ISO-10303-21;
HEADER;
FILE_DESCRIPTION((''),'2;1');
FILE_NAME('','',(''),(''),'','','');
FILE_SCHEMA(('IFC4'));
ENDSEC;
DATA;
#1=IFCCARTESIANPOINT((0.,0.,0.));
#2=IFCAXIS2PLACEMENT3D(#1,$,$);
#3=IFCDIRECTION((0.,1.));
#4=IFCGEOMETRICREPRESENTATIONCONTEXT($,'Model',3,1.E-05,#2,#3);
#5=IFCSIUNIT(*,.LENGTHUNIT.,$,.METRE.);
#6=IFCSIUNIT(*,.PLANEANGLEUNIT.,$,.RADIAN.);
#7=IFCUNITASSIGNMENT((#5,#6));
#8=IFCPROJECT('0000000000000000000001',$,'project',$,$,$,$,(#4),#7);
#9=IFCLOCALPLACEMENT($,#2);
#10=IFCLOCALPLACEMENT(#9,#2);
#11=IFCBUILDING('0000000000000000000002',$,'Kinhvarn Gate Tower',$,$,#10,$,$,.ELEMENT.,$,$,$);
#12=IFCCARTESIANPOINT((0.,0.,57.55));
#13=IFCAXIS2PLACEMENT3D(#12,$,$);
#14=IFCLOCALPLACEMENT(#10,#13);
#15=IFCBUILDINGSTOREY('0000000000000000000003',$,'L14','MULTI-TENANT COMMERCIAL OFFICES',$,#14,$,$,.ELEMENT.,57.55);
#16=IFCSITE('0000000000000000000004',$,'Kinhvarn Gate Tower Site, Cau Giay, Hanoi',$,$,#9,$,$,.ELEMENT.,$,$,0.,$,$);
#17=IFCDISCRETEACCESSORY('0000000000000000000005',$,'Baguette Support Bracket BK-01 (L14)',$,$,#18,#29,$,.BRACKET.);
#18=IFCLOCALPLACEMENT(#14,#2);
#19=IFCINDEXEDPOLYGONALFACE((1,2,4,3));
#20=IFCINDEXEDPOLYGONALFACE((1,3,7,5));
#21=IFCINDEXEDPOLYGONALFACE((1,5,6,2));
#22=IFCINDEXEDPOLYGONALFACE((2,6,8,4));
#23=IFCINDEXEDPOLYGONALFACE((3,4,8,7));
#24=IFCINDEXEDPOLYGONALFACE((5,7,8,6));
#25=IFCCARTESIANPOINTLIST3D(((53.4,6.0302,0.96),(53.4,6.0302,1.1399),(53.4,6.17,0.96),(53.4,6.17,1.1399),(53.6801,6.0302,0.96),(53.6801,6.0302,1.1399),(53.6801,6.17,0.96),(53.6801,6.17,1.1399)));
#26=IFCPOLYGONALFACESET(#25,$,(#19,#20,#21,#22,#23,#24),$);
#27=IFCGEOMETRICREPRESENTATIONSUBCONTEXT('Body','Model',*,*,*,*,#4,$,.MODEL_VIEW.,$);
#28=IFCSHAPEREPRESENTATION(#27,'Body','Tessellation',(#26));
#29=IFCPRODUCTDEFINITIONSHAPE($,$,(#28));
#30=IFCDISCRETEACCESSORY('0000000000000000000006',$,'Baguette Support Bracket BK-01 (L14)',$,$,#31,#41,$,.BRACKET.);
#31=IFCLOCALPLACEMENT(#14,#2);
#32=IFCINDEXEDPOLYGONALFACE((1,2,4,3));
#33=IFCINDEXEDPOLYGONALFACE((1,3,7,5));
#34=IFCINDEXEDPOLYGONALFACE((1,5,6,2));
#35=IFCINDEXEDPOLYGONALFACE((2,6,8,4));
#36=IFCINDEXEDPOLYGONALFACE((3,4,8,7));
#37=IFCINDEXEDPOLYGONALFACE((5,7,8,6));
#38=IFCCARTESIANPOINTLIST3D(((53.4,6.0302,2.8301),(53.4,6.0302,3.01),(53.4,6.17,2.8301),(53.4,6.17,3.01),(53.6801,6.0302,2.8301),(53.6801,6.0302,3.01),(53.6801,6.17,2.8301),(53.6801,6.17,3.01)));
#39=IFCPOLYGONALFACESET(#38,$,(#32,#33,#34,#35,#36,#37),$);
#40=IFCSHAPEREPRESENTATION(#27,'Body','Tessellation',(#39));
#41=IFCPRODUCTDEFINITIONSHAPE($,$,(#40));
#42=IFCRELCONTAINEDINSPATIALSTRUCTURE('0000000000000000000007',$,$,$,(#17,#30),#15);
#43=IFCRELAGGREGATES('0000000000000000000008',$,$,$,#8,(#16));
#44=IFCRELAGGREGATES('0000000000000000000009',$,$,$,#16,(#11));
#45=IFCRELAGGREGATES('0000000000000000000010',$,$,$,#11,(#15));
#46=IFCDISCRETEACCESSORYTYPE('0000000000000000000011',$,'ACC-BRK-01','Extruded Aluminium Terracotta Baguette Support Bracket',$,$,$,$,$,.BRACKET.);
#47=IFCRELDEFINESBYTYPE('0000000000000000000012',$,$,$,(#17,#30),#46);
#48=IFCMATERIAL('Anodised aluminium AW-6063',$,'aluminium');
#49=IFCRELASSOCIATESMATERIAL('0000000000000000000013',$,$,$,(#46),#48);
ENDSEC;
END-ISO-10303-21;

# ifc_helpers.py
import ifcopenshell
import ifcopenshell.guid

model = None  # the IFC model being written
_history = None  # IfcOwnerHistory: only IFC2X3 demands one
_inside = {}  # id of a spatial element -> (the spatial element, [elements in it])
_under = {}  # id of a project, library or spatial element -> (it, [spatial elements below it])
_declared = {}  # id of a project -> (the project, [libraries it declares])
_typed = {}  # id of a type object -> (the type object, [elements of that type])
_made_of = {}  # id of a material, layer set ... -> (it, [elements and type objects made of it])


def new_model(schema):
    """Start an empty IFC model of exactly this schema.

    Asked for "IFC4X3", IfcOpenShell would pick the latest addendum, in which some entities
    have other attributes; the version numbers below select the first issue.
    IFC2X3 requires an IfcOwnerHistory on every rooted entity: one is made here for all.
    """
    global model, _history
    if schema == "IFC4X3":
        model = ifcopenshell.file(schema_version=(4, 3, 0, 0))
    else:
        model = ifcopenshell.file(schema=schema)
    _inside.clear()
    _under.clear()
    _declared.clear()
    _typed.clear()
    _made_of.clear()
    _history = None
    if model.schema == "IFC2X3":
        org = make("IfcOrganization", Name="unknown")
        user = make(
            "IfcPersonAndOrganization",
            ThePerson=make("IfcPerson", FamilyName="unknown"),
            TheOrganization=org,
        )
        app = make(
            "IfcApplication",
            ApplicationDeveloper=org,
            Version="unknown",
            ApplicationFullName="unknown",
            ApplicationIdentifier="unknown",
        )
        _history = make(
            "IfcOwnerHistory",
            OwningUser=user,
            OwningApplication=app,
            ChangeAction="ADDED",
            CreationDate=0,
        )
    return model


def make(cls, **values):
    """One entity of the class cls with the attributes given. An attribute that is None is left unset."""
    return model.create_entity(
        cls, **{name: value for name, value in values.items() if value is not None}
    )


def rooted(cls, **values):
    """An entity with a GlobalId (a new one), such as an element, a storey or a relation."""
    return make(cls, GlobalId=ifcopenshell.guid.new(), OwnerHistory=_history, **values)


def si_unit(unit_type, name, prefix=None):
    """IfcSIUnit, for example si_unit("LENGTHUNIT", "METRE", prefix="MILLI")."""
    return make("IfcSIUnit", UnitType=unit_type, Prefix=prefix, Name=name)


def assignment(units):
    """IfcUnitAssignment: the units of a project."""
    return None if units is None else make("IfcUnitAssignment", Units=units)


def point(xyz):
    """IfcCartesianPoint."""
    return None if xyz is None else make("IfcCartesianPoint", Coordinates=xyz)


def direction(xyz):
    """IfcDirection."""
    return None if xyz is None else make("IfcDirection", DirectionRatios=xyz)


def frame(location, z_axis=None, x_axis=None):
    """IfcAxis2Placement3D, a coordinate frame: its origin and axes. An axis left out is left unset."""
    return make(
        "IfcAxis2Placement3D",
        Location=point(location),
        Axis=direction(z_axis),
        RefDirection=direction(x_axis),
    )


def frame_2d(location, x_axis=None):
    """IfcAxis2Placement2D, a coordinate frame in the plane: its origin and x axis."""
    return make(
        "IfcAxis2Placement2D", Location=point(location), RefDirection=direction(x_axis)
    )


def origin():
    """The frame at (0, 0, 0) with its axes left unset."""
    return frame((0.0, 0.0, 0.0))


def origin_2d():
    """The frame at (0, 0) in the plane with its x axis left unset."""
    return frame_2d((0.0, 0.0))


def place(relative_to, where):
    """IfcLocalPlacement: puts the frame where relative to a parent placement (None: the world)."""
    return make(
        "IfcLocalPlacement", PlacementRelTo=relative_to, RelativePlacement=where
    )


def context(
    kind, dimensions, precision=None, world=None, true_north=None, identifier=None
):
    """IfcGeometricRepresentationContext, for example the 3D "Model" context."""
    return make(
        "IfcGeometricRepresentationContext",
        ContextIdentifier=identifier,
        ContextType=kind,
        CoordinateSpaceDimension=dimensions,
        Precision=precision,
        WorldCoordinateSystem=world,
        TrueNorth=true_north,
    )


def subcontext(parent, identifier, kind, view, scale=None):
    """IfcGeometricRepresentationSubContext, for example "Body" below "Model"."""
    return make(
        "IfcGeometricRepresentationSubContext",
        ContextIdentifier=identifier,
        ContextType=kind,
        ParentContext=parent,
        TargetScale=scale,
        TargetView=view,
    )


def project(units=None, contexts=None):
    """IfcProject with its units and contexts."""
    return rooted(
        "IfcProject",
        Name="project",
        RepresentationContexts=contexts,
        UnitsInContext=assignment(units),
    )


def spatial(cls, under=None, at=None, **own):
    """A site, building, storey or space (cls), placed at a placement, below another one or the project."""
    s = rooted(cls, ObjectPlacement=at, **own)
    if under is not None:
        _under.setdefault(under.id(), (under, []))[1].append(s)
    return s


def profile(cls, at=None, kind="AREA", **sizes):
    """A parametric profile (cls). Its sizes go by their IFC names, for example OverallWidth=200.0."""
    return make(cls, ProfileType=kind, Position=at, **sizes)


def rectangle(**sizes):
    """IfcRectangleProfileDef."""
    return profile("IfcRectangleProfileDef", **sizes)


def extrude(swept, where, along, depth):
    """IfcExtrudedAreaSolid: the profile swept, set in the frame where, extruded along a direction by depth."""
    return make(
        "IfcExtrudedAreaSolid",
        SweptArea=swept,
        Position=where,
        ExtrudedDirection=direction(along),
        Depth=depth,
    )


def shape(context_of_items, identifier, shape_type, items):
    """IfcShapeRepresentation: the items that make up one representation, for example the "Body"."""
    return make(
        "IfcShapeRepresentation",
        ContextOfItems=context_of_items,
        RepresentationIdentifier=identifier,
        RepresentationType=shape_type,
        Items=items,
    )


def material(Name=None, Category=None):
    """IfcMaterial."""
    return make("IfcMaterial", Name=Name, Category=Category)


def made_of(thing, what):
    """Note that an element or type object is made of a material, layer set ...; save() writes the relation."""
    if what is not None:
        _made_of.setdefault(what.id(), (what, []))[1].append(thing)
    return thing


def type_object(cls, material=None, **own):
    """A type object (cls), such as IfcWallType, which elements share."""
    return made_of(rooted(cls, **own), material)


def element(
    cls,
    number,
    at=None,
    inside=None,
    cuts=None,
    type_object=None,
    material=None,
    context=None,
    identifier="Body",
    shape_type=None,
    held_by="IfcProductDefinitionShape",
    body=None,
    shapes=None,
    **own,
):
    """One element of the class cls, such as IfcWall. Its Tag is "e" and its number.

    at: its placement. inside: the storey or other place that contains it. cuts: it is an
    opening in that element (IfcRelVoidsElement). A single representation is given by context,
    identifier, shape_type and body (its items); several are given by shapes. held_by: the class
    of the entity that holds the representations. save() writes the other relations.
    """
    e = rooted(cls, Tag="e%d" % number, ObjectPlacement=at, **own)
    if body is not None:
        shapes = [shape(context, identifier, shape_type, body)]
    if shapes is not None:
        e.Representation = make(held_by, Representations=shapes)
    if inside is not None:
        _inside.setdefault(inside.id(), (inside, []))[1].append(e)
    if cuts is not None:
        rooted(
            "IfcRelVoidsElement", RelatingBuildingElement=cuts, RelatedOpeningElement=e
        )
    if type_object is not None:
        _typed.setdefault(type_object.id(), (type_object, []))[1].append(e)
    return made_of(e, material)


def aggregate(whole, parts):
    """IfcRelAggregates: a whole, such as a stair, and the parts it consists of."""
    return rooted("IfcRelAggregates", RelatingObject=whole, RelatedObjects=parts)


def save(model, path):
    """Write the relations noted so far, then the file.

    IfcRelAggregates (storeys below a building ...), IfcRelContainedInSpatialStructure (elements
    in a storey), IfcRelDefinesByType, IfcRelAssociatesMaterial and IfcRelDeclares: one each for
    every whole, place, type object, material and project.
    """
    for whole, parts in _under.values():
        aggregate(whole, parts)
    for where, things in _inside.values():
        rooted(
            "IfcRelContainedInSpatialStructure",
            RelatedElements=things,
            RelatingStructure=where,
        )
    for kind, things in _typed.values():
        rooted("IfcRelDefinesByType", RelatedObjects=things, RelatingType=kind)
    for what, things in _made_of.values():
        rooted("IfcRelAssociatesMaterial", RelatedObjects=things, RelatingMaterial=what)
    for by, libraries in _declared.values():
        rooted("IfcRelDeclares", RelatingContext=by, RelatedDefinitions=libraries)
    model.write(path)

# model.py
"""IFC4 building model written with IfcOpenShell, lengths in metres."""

from ifc_helpers import new_model, si_unit, direction, frame, origin, origin_2d, place, context, subcontext, project, spatial, rectangle, extrude, material, type_object, element, save


model = new_model("IFC4")

# Units and contexts
model_context = context("Model", 3, precision=1e-05, world=origin(), true_north=direction((0.0, 1.0)))
body_context = subcontext(model_context, "Body", "Model", "MODEL_VIEW")
ifc_project = project(units=[si_unit("LENGTHUNIT", "METRE"), si_unit("PLANEANGLEUNIT", "RADIAN")], contexts=[model_context])

# Site, building, storey
site_placement = place(None, origin())
site = spatial("IfcSite", under=ifc_project, at=site_placement, Name="Kinhvarn Gate Tower Site, Cau Giay, Hanoi", CompositionType="ELEMENT", RefElevation=0.0)
building_placement = place(site_placement, origin())
building = spatial("IfcBuilding", under=site, at=building_placement, Name="Kinhvarn Gate Tower", CompositionType="ELEMENT")
storey_placement = place(building_placement, frame((0.0, 0.0, 57.55)))
storey = spatial("IfcBuildingStorey", under=building, at=storey_placement, Name="L14", Description="MULTI-TENANT COMMERCIAL OFFICES", CompositionType="ELEMENT", Elevation=57.55)

# Shared definitions
ifc_material_1 = material(Name="Anodised aluminium AW-6063", Category="aluminium")

# Discrete accessories
discrete_accessory_type = type_object("IfcDiscreteAccessoryType", Name="ACC-BRK-01", Description="Extruded Aluminium Terracotta Baguette Support Bracket", PredefinedType="BRACKET", material=ifc_material_1)
for number, where, z_axis, x_axis, name in (
    (1, (53.54, 6.1001, 0.96), (0.0, 0.0, 1.0), (0.0, 1.0, 0.0), "Baguette Support Bracket BK-01 (L14)"),
    (2, (53.54, 6.1001, 2.8301), (0.0, 0.0, 1.0), (0.0, 1.0, 0.0), "Baguette Support Bracket BK-01 (L14)"),
):
    element("IfcDiscreteAccessory", number, at=place(storey_placement, frame(where, z_axis=z_axis, x_axis=x_axis)), inside=storey, type_object=discrete_accessory_type, Name=name, PredefinedType="BRACKET", context=body_context, shape_type="SweptSolid", body=[
        extrude(rectangle(XDim=0.1399, YDim=0.28, at=origin_2d()), origin(), (0.0, 0.0, 1.0), 0.1799),
    ])

save(model, "model.ifc")
